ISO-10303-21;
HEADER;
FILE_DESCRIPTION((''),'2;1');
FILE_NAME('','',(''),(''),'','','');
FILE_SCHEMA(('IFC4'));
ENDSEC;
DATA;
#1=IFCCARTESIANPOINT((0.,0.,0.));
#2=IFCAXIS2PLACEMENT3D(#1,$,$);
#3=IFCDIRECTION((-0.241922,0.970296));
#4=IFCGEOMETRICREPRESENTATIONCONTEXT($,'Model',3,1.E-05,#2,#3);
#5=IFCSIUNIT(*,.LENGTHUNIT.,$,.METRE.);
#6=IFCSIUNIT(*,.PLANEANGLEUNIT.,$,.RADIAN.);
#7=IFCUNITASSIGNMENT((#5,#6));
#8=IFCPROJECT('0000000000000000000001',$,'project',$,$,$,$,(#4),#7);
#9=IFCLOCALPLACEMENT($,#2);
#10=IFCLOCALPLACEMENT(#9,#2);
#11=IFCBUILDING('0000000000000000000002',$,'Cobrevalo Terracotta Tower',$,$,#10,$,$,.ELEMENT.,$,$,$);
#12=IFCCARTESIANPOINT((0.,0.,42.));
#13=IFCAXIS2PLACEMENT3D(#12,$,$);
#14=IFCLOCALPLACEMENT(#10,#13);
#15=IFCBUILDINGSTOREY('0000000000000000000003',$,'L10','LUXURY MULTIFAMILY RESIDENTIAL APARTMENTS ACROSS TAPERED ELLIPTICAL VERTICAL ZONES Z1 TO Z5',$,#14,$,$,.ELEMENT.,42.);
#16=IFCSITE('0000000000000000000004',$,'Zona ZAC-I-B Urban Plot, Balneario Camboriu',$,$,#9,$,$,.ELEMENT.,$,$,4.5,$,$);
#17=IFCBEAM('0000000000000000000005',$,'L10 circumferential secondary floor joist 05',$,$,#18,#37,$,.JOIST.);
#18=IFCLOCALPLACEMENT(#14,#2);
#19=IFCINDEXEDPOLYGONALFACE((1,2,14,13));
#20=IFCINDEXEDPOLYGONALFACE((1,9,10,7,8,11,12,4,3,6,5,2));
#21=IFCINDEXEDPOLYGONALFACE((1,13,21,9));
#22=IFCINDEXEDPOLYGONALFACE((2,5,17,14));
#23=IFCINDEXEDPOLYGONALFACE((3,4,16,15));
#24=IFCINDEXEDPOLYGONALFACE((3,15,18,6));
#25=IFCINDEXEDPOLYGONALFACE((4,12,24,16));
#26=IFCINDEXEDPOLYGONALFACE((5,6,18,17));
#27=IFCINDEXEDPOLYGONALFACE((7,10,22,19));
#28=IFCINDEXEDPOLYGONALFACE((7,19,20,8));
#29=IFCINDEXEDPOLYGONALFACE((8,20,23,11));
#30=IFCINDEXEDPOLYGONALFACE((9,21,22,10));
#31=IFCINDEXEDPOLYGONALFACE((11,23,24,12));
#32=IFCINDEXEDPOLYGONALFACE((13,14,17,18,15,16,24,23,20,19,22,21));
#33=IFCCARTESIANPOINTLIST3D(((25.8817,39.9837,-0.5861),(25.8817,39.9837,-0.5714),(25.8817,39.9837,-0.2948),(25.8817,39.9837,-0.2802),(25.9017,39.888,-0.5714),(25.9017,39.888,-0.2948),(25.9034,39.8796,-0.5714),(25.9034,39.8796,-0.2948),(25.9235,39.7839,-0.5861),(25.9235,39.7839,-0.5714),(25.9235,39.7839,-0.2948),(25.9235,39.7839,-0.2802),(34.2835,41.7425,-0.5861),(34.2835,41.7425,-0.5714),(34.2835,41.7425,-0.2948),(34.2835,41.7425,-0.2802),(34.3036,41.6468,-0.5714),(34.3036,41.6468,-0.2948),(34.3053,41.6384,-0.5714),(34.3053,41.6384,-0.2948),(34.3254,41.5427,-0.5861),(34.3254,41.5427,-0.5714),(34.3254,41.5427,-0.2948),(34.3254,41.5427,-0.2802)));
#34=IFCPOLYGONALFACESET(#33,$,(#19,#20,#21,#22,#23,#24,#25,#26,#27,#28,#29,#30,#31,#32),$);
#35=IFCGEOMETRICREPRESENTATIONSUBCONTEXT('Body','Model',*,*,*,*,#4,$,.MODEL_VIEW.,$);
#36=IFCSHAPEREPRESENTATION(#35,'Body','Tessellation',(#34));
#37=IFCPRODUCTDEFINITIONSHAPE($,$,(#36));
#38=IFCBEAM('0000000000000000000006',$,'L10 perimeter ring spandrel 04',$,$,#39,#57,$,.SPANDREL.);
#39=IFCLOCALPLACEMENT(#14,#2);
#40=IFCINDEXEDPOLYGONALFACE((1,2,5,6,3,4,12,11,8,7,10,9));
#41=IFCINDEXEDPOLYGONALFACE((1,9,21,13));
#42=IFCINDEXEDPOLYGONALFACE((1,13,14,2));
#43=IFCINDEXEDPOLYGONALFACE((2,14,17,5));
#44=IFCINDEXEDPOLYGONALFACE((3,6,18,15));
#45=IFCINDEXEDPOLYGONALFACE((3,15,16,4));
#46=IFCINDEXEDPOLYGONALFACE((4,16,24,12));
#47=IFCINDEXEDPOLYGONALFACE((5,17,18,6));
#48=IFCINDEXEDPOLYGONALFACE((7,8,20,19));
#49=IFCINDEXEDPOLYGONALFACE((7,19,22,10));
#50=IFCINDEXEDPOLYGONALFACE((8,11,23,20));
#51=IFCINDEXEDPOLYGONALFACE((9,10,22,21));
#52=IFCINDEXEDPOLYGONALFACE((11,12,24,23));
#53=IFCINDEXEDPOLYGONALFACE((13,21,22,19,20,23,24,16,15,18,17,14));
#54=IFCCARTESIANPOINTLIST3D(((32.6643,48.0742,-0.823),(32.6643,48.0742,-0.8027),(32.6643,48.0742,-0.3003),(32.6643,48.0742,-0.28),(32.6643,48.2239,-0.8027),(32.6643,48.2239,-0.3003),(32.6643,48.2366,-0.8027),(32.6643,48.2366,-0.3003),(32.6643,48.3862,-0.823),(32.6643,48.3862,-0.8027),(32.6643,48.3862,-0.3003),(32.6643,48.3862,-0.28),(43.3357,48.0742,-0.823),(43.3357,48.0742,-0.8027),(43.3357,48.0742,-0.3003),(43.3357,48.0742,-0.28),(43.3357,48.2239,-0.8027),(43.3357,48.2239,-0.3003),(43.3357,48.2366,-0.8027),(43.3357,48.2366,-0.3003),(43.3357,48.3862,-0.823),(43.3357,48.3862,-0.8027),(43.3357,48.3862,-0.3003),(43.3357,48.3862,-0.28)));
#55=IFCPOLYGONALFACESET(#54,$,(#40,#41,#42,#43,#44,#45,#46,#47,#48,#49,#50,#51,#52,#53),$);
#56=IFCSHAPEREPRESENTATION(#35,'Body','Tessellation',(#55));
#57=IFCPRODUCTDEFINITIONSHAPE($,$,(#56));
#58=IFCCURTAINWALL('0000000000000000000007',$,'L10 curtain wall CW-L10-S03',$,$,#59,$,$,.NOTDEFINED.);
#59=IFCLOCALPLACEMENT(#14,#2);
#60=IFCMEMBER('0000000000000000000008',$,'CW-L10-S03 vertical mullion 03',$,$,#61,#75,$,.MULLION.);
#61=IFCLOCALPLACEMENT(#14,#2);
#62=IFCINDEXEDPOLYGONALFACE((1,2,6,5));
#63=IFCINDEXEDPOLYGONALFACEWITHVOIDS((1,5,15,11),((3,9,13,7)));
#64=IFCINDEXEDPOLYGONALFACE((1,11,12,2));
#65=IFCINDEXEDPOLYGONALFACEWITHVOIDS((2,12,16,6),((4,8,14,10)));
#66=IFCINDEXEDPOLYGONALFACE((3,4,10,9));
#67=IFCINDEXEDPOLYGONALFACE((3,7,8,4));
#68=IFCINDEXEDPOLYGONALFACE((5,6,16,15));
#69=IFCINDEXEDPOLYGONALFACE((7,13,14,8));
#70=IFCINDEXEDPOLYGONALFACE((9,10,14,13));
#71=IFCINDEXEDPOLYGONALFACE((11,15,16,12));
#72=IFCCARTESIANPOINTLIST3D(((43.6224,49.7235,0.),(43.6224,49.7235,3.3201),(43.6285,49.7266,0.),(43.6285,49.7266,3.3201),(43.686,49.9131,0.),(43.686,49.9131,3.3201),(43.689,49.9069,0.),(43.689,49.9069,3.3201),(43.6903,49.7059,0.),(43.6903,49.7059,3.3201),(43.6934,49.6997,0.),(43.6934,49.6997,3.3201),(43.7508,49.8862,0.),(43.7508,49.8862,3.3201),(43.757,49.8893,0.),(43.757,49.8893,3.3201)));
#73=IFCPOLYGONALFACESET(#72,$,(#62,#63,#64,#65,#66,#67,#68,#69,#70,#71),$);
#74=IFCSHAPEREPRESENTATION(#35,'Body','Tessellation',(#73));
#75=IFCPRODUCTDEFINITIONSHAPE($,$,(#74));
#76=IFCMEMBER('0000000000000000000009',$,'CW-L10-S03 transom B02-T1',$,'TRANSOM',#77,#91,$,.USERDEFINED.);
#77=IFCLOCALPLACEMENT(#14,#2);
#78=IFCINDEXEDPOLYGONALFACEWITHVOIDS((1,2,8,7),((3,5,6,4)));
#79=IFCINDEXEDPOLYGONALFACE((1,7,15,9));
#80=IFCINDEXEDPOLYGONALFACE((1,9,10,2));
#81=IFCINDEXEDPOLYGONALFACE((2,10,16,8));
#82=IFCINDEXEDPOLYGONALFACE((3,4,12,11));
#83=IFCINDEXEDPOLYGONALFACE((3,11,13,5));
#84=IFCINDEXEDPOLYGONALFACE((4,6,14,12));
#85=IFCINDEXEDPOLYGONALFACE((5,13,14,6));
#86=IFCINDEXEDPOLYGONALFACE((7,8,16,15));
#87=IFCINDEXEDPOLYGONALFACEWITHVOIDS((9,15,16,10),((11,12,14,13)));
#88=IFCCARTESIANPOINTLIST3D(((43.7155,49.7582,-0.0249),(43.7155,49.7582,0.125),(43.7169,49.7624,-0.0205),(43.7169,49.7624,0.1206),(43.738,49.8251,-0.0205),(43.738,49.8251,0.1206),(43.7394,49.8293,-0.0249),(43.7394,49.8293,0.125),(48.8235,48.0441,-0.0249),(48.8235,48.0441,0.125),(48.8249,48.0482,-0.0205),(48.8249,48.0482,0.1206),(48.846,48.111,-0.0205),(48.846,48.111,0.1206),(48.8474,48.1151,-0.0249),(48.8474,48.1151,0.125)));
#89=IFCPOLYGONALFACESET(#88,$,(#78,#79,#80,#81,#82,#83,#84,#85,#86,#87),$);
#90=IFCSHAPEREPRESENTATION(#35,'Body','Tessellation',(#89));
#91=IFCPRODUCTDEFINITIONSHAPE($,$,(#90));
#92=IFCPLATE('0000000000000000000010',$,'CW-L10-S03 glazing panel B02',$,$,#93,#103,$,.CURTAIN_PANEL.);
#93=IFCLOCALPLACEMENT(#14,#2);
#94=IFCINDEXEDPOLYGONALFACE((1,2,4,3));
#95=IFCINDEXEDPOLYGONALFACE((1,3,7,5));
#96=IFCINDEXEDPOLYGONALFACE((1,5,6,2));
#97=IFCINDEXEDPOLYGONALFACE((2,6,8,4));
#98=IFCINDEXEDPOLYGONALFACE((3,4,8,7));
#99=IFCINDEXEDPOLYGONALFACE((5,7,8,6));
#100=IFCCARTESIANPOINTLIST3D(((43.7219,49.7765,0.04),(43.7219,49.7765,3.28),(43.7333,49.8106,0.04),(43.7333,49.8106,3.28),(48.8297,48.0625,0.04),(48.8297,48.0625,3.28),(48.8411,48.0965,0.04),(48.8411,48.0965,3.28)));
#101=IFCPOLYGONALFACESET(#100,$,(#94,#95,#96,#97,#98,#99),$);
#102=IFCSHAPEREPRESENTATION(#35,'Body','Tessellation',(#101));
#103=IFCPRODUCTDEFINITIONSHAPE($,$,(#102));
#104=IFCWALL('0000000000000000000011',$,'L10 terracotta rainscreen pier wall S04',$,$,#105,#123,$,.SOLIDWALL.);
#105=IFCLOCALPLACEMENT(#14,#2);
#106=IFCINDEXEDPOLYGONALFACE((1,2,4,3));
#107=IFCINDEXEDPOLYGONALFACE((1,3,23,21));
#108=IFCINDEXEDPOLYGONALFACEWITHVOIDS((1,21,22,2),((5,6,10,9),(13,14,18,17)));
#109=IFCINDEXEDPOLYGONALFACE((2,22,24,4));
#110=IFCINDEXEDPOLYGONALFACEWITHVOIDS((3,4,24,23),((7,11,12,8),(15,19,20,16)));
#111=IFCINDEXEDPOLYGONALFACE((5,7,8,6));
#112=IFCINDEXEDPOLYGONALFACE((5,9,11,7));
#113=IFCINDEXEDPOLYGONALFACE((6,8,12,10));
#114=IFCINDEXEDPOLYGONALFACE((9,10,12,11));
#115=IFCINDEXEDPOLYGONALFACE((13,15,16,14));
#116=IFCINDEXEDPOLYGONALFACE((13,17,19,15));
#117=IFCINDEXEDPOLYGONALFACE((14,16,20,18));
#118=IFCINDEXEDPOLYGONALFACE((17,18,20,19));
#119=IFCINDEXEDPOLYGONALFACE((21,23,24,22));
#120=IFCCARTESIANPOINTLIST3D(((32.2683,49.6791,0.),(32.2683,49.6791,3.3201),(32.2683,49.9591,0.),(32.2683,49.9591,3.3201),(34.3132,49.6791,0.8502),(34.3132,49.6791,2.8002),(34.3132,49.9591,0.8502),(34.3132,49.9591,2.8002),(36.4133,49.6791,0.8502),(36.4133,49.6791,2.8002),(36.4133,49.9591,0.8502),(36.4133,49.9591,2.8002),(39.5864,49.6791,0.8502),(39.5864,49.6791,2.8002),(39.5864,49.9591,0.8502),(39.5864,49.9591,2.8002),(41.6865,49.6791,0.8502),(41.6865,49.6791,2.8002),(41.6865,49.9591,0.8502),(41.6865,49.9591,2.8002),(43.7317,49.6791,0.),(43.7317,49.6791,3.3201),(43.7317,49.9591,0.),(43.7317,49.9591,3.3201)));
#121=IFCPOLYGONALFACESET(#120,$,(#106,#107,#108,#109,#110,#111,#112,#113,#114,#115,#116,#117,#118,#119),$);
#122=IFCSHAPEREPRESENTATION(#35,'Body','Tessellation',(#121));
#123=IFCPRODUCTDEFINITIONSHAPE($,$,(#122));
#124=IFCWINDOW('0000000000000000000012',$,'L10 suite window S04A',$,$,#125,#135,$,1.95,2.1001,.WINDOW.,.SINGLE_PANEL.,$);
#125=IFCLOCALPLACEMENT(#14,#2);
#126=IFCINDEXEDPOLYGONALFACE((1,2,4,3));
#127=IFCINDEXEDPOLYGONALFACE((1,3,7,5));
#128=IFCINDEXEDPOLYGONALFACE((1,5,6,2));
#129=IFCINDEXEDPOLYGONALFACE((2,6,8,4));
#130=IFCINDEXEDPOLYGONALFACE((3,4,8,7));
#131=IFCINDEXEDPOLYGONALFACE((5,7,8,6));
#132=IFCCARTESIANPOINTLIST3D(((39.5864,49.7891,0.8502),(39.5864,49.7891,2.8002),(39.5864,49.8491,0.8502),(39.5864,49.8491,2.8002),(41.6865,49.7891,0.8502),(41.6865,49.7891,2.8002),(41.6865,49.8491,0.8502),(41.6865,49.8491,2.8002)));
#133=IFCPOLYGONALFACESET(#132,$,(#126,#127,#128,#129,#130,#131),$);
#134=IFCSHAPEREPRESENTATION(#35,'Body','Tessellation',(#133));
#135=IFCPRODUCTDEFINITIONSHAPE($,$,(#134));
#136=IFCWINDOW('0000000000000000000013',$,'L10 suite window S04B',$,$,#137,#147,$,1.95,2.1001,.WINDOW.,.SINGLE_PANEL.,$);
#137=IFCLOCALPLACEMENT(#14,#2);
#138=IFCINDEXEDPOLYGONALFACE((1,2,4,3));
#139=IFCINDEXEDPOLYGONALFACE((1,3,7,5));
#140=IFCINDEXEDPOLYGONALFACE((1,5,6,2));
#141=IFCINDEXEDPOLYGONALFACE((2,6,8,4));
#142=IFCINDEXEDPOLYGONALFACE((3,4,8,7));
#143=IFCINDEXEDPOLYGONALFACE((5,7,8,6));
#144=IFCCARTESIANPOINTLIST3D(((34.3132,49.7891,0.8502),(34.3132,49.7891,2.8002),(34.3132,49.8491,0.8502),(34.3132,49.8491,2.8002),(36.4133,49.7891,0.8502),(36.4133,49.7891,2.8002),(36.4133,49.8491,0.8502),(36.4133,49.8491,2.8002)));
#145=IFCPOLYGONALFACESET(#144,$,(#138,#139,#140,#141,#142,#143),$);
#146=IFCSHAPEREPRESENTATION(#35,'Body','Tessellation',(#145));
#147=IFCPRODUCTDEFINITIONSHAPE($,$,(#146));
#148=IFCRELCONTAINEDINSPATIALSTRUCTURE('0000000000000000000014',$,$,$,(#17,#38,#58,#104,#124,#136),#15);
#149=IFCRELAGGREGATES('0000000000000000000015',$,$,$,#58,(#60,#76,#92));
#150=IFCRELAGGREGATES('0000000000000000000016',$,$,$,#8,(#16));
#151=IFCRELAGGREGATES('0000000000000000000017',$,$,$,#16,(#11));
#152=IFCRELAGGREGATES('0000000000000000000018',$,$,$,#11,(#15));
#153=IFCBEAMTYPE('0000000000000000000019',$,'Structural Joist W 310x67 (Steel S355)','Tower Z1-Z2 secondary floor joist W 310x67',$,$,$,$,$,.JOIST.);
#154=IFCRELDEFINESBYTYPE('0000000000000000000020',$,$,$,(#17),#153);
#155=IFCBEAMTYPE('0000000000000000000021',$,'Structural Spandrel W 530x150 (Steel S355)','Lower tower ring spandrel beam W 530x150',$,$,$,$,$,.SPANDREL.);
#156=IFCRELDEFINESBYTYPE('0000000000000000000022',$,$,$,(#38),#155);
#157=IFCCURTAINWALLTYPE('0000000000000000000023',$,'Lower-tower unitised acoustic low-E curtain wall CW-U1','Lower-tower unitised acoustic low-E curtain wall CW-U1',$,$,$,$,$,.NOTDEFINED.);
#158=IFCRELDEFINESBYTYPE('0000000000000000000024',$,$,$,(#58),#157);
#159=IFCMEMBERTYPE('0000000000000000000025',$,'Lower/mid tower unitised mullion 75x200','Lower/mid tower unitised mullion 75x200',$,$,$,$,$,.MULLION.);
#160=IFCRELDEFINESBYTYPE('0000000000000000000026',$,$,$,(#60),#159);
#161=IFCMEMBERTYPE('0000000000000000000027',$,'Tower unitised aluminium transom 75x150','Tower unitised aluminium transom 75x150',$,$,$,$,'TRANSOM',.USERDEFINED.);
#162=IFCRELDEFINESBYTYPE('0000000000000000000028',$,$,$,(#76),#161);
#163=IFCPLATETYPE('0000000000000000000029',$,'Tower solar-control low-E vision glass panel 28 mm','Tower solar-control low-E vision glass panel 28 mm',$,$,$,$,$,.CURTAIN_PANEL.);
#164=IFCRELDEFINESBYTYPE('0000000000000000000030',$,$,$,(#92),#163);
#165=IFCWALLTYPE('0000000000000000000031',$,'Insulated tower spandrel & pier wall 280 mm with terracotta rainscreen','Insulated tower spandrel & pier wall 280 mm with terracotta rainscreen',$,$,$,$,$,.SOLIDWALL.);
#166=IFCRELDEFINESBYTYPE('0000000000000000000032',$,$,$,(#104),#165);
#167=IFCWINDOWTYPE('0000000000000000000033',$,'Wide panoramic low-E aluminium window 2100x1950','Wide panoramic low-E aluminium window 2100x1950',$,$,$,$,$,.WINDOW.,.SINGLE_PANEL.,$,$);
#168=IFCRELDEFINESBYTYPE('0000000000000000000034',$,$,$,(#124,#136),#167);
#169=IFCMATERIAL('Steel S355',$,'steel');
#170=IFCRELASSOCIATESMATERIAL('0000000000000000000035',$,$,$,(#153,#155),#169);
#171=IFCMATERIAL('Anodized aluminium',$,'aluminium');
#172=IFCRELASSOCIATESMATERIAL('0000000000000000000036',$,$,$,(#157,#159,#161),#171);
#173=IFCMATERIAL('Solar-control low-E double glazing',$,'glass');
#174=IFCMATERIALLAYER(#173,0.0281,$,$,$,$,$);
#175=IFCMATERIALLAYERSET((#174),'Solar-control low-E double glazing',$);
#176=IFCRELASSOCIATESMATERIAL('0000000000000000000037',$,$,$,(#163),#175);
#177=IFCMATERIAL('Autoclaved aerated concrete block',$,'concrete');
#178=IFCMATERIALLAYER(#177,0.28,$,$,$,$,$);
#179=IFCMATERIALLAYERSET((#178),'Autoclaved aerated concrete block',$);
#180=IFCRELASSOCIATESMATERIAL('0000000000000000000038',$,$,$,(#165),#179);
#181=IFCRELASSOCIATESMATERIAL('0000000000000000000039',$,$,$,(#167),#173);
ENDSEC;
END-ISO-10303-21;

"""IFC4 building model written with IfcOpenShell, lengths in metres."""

from ifc_helpers import new_model, si_unit, direction, frame, frame_2d, origin, origin_2d, place, context, subcontext, project, spatial, rectangle, hollow_rectangle, i_section, extrude, source, transform, mapped, material, layer, layer_set, material_profile, profile_set, type_object, element, fill, aggregate, save


model = new_model("IFC4")

# Units and contexts
model_context = context("Model", 3, precision=1e-05, world=origin(), true_north=direction((-0.241922, 0.970296)))
body_context = subcontext(model_context, "Body", "Model", "MODEL_VIEW")
ifc_project = project(units=[si_unit("LENGTHUNIT", "METRE"), si_unit("PLANEANGLEUNIT", "RADIAN")], contexts=[model_context])

# Site, building, storey
site_placement = place(None, origin())
site = spatial("IfcSite", under=ifc_project, at=site_placement, Name="Zona ZAC-I-B Urban Plot, Balneario Camboriu", CompositionType="ELEMENT", RefElevation=4.5)
building_placement = place(site_placement, origin())
building = spatial("IfcBuilding", under=site, at=building_placement, Name="Cobrevalo Terracotta Tower", CompositionType="ELEMENT")
storey_placement = place(building_placement, frame((0.0, 0.0, 42.0)))
storey = spatial("IfcBuildingStorey", under=building, at=storey_placement, Name="L10", Description="LUXURY MULTIFAMILY RESIDENTIAL APARTMENTS ACROSS TAPERED ELLIPTICAL VERTICAL ZONES Z1 TO Z5", CompositionType="ELEMENT", Elevation=42.0)

# Shared definitions
ifc_material_1 = material(Name="Steel S355", Category="steel")

# Beams
ifc_material_profile_1 = material_profile(ifc_material_1, i_section(OverallWidth=0.2041, OverallDepth=0.3059, WebThickness=0.0085, FlangeThickness=0.0146, at=origin_2d()), Name="W 310x67")
ifc_profile_set_1 = profile_set([ifc_material_profile_1], Name="Steel S355")
beam_type_1 = type_object("IfcBeamType", Name="Structural Joist W 310x67 (Steel S355)", Description="Tower Z1-Z2 secondary floor joist W 310x67", PredefinedType="JOIST", material=ifc_profile_set_1)
beam_1_placement = place(storey_placement, frame((34.3044, 41.6426, -0.4331), z_axis=(-0.978785, -0.204892, 0.0), x_axis=(0.204892, -0.978785, 0.0)))
element("IfcBeam", 1, at=beam_1_placement, inside=storey, type_object=beam_type_1, Name="L10 circumferential secondary floor joist 05", PredefinedType="JOIST", context=body_context, shape_type="SweptSolid", body=[
    extrude(i_section(OverallWidth=0.2041, OverallDepth=0.3059, WebThickness=0.0085, FlangeThickness=0.0146, at=origin_2d()), origin(), (0.0, 0.0, 1.0), 8.584),
])
ifc_material_profile_2 = material_profile(ifc_material_1, i_section(OverallWidth=0.312, OverallDepth=0.543, WebThickness=0.0127, FlangeThickness=0.0203, at=origin_2d()), Name="W 530x150")
ifc_profile_set_2 = profile_set([ifc_material_profile_2], Name="Steel S355")
beam_type_2 = type_object("IfcBeamType", Name="Structural Spandrel W 530x150 (Steel S355)", Description="Lower tower ring spandrel beam W 530x150", PredefinedType="SPANDREL", material=ifc_profile_set_2)
beam_2_placement = place(storey_placement, frame((43.3357, 48.2302, -0.5515), z_axis=(-1.0, 0.0, 0.0), x_axis=(0.0, -1.0, 0.0)))
element("IfcBeam", 2, at=beam_2_placement, inside=storey, type_object=beam_type_2, Name="L10 perimeter ring spandrel 04", PredefinedType="SPANDREL", context=body_context, shape_type="SweptSolid", body=[
    extrude(i_section(OverallWidth=0.312, OverallDepth=0.543, WebThickness=0.0127, FlangeThickness=0.0203, at=origin_2d()), origin(), (0.0, 0.0, 1.0), 10.6714),
])

# Curtain wall, members, plate
ifc_material_2 = material(Name="Anodized aluminium", Category="aluminium")
curtain_wall_type = type_object("IfcCurtainWallType", Name="Lower-tower unitised acoustic low-E curtain wall CW-U1", Description="Lower-tower unitised acoustic low-E curtain wall CW-U1", PredefinedType="NOTDEFINED", material=ifc_material_2)
curtain_wall_placement = place(storey_placement, origin())
curtain_wall = element("IfcCurtainWall", 3, at=curtain_wall_placement, inside=storey, type_object=curtain_wall_type, Name="L10 curtain wall CW-L10-S03", PredefinedType="NOTDEFINED")
ifc_material_profile_3 = material_profile(ifc_material_2, hollow_rectangle(XDim=0.075, YDim=0.2, WallThickness=0.0049, at=origin_2d()), Name="CWM 75x200")
ifc_profile_set_3 = profile_set([ifc_material_profile_3], Name="Anodized aluminium")
member_type_1 = type_object("IfcMemberType", Name="Lower/mid tower unitised mullion 75x200", Description="Lower/mid tower unitised mullion 75x200", PredefinedType="MULLION", material=ifc_profile_set_3)
shared_shape_1 = source(origin(), body_context, "Body", "SweptSolid", [
    extrude(hollow_rectangle(XDim=0.075, YDim=0.2, WallThickness=0.0049, at=origin_2d()), origin(), (0.0, 0.0, 1.0), 3.3201),
])
member_1_placement = place(storey_placement, frame((43.6897, 49.8064, 0.0), z_axis=(0.0, 0.0, 1.0), x_axis=(-0.948046, 0.318132, 0.0)))
member_1 = element("IfcMember", 4, at=member_1_placement, type_object=member_type_1, Name="CW-L10-S03 vertical mullion 03", PredefinedType="MULLION", context=body_context, shape_type="MappedRepresentation", body=[
    mapped(shared_shape_1, transform((0.0, 0.0, 0.0), scale=1.0)),
])
ifc_material_profile_4 = material_profile(ifc_material_2, hollow_rectangle(XDim=0.075, YDim=0.1499, WallThickness=0.0044, at=origin_2d()), Name="CWT 75x150")
ifc_profile_set_4 = profile_set([ifc_material_profile_4], Name="Anodized aluminium")
member_type_2 = type_object("IfcMemberType", Name="Tower unitised aluminium transom 75x150", Description="Tower unitised aluminium transom 75x150", ElementType="TRANSOM", PredefinedType="USERDEFINED", material=ifc_profile_set_4)
shared_shape_2 = source(origin(), body_context, "Body", "SweptSolid", [
    extrude(hollow_rectangle(XDim=0.075, YDim=0.1499, WallThickness=0.0044, at=origin_2d()), origin(), (0.0, 0.0, 1.0), 5.3879),
])
member_2_placement = place(storey_placement, frame((48.8354, 48.0796, 0.05), z_axis=(-0.948042, 0.318144, 0.0), x_axis=(-0.318144, -0.948042, 0.0)))
member_2 = element("IfcMember", 5, at=member_2_placement, type_object=member_type_2, Name="CW-L10-S03 transom B02-T1", ObjectType="TRANSOM", PredefinedType="USERDEFINED", context=body_context, shape_type="MappedRepresentation", body=[
    mapped(shared_shape_2, transform((0.0, 0.0, 0.0), scale=1.0)),
])
ifc_material_3 = material(Name="Solar-control low-E double glazing", Category="glass")
ifc_layer_1 = layer(ifc_material_3, 0.0281)
ifc_layer_set_1 = layer_set([ifc_layer_1], Name="Solar-control low-E double glazing")
plate_type = type_object("IfcPlateType", Name="Tower solar-control low-E vision glass panel 28 mm", Description="Tower solar-control low-E vision glass panel 28 mm", PredefinedType="CURTAIN_PANEL", material=ifc_layer_set_1)
shared_shape_3 = source(origin(), body_context, "Body", "SweptSolid", [
    extrude(rectangle(XDim=5.3877, YDim=0.0359, at=origin_2d()), origin(), (0.0, 0.0, 1.0), 3.24),
])
plate_placement = place(storey_placement, frame((46.2815, 48.9365, 0.04), z_axis=(0.0, 0.0, 1.0), x_axis=(-0.948044, 0.318139, 0.0)))
plate = element("IfcPlate", 6, at=plate_placement, type_object=plate_type, Name="CW-L10-S03 glazing panel B02", PredefinedType="CURTAIN_PANEL", context=body_context, shape_type="MappedRepresentation", body=[
    mapped(shared_shape_3, transform((0.0, 0.0, 0.0), scale=1.0)),
])
aggregate(curtain_wall, [member_1, member_2, plate])

# Wall, openings, windows
ifc_material_4 = material(Name="Autoclaved aerated concrete block", Category="concrete")
ifc_layer_2 = layer(ifc_material_4, 0.28)
ifc_layer_set_2 = layer_set([ifc_layer_2], Name="Autoclaved aerated concrete block")
wall_type_1 = type_object("IfcWallType", Name="Insulated tower spandrel & pier wall 280 mm with terracotta rainscreen", Description="Insulated tower spandrel & pier wall 280 mm with terracotta rainscreen", PredefinedType="SOLIDWALL", material=ifc_layer_set_2)
wall_1_placement = place(storey_placement, frame((43.7317, 49.8191, 0.0), z_axis=(0.0, 0.0, 1.0), x_axis=(-1.0, 0.0, 0.0)))
wall_1 = element("IfcWall", 7, at=wall_1_placement, inside=storey, type_object=wall_type_1, Name="L10 terracotta rainscreen pier wall S04", PredefinedType="SOLIDWALL", context=body_context, shape_type="SweptSolid", body=[
    extrude(rectangle(XDim=11.4634, YDim=0.28, at=frame_2d((5.7317, 0.0))), origin(), (0.0, 0.0, 1.0), 3.3201),
])
opening_1_placement = place(wall_1_placement, frame((2.0452, 0.0, 0.8501)))
opening_1 = element("IfcOpeningElement", 8, at=opening_1_placement, cuts=wall_1, PredefinedType="OPENING", context=body_context, shape_type="SweptSolid", body=[
    extrude(rectangle(XDim=2.1001, YDim=1.95, at=frame_2d((1.05, 0.9751))), frame((0.0, 0.1499, 0.0), z_axis=(0.0, -1.0, 0.0), x_axis=(1.0, 0.0, 0.0)), (0.0, 0.0, 1.0), 0.3),
])
opening_2_placement = place(wall_1_placement, frame((7.3184, 0.0, 0.8501)))
opening_2 = element("IfcOpeningElement", 9, at=opening_2_placement, cuts=wall_1, PredefinedType="OPENING", context=body_context, shape_type="SweptSolid", body=[
    extrude(rectangle(XDim=2.1001, YDim=1.95, at=frame_2d((1.05, 0.9751))), frame((0.0, 0.1499, 0.0), z_axis=(0.0, -1.0, 0.0), x_axis=(1.0, 0.0, 0.0)), (0.0, 0.0, 1.0), 0.3),
])
window_type = type_object("IfcWindowType", Name="Wide panoramic low-E aluminium window 2100x1950", Description="Wide panoramic low-E aluminium window 2100x1950", PartitioningType="SINGLE_PANEL", PredefinedType="WINDOW", material=ifc_material_3)
shared_shape_4 = source(origin(), body_context, "Body", "SweptSolid", [
    extrude(rectangle(XDim=2.1001, YDim=1.95, at=frame_2d((1.05, 0.9751))), frame((0.0, 0.03, 0.0), z_axis=(0.0, -1.0, 0.0), x_axis=(1.0, 0.0, 0.0)), (0.0, 0.0, 1.0), 0.0601),
])
window_1_placement = place(opening_1_placement, origin())
window_1 = element("IfcWindow", 10, at=window_1_placement, inside=storey, type_object=window_type, Name="L10 suite window S04A", OverallHeight=1.95, OverallWidth=2.1001, PartitioningType="SINGLE_PANEL", PredefinedType="WINDOW", context=body_context, shape_type="MappedRepresentation", body=[
    mapped(shared_shape_4, transform((0.0, 0.0, 0.0), scale=1.0)),
])
fill(opening_1, window_1)
window_2_placement = place(opening_2_placement, origin())
window_2 = element("IfcWindow", 11, at=window_2_placement, inside=storey, type_object=window_type, Name="L10 suite window S04B", OverallHeight=1.95, OverallWidth=2.1001, PartitioningType="SINGLE_PANEL", PredefinedType="WINDOW", context=body_context, shape_type="MappedRepresentation", body=[
    mapped(shared_shape_4, transform((0.0, 0.0, 0.0), scale=1.0)),
])
fill(opening_2, window_2)

save(model, "model.ifc")
